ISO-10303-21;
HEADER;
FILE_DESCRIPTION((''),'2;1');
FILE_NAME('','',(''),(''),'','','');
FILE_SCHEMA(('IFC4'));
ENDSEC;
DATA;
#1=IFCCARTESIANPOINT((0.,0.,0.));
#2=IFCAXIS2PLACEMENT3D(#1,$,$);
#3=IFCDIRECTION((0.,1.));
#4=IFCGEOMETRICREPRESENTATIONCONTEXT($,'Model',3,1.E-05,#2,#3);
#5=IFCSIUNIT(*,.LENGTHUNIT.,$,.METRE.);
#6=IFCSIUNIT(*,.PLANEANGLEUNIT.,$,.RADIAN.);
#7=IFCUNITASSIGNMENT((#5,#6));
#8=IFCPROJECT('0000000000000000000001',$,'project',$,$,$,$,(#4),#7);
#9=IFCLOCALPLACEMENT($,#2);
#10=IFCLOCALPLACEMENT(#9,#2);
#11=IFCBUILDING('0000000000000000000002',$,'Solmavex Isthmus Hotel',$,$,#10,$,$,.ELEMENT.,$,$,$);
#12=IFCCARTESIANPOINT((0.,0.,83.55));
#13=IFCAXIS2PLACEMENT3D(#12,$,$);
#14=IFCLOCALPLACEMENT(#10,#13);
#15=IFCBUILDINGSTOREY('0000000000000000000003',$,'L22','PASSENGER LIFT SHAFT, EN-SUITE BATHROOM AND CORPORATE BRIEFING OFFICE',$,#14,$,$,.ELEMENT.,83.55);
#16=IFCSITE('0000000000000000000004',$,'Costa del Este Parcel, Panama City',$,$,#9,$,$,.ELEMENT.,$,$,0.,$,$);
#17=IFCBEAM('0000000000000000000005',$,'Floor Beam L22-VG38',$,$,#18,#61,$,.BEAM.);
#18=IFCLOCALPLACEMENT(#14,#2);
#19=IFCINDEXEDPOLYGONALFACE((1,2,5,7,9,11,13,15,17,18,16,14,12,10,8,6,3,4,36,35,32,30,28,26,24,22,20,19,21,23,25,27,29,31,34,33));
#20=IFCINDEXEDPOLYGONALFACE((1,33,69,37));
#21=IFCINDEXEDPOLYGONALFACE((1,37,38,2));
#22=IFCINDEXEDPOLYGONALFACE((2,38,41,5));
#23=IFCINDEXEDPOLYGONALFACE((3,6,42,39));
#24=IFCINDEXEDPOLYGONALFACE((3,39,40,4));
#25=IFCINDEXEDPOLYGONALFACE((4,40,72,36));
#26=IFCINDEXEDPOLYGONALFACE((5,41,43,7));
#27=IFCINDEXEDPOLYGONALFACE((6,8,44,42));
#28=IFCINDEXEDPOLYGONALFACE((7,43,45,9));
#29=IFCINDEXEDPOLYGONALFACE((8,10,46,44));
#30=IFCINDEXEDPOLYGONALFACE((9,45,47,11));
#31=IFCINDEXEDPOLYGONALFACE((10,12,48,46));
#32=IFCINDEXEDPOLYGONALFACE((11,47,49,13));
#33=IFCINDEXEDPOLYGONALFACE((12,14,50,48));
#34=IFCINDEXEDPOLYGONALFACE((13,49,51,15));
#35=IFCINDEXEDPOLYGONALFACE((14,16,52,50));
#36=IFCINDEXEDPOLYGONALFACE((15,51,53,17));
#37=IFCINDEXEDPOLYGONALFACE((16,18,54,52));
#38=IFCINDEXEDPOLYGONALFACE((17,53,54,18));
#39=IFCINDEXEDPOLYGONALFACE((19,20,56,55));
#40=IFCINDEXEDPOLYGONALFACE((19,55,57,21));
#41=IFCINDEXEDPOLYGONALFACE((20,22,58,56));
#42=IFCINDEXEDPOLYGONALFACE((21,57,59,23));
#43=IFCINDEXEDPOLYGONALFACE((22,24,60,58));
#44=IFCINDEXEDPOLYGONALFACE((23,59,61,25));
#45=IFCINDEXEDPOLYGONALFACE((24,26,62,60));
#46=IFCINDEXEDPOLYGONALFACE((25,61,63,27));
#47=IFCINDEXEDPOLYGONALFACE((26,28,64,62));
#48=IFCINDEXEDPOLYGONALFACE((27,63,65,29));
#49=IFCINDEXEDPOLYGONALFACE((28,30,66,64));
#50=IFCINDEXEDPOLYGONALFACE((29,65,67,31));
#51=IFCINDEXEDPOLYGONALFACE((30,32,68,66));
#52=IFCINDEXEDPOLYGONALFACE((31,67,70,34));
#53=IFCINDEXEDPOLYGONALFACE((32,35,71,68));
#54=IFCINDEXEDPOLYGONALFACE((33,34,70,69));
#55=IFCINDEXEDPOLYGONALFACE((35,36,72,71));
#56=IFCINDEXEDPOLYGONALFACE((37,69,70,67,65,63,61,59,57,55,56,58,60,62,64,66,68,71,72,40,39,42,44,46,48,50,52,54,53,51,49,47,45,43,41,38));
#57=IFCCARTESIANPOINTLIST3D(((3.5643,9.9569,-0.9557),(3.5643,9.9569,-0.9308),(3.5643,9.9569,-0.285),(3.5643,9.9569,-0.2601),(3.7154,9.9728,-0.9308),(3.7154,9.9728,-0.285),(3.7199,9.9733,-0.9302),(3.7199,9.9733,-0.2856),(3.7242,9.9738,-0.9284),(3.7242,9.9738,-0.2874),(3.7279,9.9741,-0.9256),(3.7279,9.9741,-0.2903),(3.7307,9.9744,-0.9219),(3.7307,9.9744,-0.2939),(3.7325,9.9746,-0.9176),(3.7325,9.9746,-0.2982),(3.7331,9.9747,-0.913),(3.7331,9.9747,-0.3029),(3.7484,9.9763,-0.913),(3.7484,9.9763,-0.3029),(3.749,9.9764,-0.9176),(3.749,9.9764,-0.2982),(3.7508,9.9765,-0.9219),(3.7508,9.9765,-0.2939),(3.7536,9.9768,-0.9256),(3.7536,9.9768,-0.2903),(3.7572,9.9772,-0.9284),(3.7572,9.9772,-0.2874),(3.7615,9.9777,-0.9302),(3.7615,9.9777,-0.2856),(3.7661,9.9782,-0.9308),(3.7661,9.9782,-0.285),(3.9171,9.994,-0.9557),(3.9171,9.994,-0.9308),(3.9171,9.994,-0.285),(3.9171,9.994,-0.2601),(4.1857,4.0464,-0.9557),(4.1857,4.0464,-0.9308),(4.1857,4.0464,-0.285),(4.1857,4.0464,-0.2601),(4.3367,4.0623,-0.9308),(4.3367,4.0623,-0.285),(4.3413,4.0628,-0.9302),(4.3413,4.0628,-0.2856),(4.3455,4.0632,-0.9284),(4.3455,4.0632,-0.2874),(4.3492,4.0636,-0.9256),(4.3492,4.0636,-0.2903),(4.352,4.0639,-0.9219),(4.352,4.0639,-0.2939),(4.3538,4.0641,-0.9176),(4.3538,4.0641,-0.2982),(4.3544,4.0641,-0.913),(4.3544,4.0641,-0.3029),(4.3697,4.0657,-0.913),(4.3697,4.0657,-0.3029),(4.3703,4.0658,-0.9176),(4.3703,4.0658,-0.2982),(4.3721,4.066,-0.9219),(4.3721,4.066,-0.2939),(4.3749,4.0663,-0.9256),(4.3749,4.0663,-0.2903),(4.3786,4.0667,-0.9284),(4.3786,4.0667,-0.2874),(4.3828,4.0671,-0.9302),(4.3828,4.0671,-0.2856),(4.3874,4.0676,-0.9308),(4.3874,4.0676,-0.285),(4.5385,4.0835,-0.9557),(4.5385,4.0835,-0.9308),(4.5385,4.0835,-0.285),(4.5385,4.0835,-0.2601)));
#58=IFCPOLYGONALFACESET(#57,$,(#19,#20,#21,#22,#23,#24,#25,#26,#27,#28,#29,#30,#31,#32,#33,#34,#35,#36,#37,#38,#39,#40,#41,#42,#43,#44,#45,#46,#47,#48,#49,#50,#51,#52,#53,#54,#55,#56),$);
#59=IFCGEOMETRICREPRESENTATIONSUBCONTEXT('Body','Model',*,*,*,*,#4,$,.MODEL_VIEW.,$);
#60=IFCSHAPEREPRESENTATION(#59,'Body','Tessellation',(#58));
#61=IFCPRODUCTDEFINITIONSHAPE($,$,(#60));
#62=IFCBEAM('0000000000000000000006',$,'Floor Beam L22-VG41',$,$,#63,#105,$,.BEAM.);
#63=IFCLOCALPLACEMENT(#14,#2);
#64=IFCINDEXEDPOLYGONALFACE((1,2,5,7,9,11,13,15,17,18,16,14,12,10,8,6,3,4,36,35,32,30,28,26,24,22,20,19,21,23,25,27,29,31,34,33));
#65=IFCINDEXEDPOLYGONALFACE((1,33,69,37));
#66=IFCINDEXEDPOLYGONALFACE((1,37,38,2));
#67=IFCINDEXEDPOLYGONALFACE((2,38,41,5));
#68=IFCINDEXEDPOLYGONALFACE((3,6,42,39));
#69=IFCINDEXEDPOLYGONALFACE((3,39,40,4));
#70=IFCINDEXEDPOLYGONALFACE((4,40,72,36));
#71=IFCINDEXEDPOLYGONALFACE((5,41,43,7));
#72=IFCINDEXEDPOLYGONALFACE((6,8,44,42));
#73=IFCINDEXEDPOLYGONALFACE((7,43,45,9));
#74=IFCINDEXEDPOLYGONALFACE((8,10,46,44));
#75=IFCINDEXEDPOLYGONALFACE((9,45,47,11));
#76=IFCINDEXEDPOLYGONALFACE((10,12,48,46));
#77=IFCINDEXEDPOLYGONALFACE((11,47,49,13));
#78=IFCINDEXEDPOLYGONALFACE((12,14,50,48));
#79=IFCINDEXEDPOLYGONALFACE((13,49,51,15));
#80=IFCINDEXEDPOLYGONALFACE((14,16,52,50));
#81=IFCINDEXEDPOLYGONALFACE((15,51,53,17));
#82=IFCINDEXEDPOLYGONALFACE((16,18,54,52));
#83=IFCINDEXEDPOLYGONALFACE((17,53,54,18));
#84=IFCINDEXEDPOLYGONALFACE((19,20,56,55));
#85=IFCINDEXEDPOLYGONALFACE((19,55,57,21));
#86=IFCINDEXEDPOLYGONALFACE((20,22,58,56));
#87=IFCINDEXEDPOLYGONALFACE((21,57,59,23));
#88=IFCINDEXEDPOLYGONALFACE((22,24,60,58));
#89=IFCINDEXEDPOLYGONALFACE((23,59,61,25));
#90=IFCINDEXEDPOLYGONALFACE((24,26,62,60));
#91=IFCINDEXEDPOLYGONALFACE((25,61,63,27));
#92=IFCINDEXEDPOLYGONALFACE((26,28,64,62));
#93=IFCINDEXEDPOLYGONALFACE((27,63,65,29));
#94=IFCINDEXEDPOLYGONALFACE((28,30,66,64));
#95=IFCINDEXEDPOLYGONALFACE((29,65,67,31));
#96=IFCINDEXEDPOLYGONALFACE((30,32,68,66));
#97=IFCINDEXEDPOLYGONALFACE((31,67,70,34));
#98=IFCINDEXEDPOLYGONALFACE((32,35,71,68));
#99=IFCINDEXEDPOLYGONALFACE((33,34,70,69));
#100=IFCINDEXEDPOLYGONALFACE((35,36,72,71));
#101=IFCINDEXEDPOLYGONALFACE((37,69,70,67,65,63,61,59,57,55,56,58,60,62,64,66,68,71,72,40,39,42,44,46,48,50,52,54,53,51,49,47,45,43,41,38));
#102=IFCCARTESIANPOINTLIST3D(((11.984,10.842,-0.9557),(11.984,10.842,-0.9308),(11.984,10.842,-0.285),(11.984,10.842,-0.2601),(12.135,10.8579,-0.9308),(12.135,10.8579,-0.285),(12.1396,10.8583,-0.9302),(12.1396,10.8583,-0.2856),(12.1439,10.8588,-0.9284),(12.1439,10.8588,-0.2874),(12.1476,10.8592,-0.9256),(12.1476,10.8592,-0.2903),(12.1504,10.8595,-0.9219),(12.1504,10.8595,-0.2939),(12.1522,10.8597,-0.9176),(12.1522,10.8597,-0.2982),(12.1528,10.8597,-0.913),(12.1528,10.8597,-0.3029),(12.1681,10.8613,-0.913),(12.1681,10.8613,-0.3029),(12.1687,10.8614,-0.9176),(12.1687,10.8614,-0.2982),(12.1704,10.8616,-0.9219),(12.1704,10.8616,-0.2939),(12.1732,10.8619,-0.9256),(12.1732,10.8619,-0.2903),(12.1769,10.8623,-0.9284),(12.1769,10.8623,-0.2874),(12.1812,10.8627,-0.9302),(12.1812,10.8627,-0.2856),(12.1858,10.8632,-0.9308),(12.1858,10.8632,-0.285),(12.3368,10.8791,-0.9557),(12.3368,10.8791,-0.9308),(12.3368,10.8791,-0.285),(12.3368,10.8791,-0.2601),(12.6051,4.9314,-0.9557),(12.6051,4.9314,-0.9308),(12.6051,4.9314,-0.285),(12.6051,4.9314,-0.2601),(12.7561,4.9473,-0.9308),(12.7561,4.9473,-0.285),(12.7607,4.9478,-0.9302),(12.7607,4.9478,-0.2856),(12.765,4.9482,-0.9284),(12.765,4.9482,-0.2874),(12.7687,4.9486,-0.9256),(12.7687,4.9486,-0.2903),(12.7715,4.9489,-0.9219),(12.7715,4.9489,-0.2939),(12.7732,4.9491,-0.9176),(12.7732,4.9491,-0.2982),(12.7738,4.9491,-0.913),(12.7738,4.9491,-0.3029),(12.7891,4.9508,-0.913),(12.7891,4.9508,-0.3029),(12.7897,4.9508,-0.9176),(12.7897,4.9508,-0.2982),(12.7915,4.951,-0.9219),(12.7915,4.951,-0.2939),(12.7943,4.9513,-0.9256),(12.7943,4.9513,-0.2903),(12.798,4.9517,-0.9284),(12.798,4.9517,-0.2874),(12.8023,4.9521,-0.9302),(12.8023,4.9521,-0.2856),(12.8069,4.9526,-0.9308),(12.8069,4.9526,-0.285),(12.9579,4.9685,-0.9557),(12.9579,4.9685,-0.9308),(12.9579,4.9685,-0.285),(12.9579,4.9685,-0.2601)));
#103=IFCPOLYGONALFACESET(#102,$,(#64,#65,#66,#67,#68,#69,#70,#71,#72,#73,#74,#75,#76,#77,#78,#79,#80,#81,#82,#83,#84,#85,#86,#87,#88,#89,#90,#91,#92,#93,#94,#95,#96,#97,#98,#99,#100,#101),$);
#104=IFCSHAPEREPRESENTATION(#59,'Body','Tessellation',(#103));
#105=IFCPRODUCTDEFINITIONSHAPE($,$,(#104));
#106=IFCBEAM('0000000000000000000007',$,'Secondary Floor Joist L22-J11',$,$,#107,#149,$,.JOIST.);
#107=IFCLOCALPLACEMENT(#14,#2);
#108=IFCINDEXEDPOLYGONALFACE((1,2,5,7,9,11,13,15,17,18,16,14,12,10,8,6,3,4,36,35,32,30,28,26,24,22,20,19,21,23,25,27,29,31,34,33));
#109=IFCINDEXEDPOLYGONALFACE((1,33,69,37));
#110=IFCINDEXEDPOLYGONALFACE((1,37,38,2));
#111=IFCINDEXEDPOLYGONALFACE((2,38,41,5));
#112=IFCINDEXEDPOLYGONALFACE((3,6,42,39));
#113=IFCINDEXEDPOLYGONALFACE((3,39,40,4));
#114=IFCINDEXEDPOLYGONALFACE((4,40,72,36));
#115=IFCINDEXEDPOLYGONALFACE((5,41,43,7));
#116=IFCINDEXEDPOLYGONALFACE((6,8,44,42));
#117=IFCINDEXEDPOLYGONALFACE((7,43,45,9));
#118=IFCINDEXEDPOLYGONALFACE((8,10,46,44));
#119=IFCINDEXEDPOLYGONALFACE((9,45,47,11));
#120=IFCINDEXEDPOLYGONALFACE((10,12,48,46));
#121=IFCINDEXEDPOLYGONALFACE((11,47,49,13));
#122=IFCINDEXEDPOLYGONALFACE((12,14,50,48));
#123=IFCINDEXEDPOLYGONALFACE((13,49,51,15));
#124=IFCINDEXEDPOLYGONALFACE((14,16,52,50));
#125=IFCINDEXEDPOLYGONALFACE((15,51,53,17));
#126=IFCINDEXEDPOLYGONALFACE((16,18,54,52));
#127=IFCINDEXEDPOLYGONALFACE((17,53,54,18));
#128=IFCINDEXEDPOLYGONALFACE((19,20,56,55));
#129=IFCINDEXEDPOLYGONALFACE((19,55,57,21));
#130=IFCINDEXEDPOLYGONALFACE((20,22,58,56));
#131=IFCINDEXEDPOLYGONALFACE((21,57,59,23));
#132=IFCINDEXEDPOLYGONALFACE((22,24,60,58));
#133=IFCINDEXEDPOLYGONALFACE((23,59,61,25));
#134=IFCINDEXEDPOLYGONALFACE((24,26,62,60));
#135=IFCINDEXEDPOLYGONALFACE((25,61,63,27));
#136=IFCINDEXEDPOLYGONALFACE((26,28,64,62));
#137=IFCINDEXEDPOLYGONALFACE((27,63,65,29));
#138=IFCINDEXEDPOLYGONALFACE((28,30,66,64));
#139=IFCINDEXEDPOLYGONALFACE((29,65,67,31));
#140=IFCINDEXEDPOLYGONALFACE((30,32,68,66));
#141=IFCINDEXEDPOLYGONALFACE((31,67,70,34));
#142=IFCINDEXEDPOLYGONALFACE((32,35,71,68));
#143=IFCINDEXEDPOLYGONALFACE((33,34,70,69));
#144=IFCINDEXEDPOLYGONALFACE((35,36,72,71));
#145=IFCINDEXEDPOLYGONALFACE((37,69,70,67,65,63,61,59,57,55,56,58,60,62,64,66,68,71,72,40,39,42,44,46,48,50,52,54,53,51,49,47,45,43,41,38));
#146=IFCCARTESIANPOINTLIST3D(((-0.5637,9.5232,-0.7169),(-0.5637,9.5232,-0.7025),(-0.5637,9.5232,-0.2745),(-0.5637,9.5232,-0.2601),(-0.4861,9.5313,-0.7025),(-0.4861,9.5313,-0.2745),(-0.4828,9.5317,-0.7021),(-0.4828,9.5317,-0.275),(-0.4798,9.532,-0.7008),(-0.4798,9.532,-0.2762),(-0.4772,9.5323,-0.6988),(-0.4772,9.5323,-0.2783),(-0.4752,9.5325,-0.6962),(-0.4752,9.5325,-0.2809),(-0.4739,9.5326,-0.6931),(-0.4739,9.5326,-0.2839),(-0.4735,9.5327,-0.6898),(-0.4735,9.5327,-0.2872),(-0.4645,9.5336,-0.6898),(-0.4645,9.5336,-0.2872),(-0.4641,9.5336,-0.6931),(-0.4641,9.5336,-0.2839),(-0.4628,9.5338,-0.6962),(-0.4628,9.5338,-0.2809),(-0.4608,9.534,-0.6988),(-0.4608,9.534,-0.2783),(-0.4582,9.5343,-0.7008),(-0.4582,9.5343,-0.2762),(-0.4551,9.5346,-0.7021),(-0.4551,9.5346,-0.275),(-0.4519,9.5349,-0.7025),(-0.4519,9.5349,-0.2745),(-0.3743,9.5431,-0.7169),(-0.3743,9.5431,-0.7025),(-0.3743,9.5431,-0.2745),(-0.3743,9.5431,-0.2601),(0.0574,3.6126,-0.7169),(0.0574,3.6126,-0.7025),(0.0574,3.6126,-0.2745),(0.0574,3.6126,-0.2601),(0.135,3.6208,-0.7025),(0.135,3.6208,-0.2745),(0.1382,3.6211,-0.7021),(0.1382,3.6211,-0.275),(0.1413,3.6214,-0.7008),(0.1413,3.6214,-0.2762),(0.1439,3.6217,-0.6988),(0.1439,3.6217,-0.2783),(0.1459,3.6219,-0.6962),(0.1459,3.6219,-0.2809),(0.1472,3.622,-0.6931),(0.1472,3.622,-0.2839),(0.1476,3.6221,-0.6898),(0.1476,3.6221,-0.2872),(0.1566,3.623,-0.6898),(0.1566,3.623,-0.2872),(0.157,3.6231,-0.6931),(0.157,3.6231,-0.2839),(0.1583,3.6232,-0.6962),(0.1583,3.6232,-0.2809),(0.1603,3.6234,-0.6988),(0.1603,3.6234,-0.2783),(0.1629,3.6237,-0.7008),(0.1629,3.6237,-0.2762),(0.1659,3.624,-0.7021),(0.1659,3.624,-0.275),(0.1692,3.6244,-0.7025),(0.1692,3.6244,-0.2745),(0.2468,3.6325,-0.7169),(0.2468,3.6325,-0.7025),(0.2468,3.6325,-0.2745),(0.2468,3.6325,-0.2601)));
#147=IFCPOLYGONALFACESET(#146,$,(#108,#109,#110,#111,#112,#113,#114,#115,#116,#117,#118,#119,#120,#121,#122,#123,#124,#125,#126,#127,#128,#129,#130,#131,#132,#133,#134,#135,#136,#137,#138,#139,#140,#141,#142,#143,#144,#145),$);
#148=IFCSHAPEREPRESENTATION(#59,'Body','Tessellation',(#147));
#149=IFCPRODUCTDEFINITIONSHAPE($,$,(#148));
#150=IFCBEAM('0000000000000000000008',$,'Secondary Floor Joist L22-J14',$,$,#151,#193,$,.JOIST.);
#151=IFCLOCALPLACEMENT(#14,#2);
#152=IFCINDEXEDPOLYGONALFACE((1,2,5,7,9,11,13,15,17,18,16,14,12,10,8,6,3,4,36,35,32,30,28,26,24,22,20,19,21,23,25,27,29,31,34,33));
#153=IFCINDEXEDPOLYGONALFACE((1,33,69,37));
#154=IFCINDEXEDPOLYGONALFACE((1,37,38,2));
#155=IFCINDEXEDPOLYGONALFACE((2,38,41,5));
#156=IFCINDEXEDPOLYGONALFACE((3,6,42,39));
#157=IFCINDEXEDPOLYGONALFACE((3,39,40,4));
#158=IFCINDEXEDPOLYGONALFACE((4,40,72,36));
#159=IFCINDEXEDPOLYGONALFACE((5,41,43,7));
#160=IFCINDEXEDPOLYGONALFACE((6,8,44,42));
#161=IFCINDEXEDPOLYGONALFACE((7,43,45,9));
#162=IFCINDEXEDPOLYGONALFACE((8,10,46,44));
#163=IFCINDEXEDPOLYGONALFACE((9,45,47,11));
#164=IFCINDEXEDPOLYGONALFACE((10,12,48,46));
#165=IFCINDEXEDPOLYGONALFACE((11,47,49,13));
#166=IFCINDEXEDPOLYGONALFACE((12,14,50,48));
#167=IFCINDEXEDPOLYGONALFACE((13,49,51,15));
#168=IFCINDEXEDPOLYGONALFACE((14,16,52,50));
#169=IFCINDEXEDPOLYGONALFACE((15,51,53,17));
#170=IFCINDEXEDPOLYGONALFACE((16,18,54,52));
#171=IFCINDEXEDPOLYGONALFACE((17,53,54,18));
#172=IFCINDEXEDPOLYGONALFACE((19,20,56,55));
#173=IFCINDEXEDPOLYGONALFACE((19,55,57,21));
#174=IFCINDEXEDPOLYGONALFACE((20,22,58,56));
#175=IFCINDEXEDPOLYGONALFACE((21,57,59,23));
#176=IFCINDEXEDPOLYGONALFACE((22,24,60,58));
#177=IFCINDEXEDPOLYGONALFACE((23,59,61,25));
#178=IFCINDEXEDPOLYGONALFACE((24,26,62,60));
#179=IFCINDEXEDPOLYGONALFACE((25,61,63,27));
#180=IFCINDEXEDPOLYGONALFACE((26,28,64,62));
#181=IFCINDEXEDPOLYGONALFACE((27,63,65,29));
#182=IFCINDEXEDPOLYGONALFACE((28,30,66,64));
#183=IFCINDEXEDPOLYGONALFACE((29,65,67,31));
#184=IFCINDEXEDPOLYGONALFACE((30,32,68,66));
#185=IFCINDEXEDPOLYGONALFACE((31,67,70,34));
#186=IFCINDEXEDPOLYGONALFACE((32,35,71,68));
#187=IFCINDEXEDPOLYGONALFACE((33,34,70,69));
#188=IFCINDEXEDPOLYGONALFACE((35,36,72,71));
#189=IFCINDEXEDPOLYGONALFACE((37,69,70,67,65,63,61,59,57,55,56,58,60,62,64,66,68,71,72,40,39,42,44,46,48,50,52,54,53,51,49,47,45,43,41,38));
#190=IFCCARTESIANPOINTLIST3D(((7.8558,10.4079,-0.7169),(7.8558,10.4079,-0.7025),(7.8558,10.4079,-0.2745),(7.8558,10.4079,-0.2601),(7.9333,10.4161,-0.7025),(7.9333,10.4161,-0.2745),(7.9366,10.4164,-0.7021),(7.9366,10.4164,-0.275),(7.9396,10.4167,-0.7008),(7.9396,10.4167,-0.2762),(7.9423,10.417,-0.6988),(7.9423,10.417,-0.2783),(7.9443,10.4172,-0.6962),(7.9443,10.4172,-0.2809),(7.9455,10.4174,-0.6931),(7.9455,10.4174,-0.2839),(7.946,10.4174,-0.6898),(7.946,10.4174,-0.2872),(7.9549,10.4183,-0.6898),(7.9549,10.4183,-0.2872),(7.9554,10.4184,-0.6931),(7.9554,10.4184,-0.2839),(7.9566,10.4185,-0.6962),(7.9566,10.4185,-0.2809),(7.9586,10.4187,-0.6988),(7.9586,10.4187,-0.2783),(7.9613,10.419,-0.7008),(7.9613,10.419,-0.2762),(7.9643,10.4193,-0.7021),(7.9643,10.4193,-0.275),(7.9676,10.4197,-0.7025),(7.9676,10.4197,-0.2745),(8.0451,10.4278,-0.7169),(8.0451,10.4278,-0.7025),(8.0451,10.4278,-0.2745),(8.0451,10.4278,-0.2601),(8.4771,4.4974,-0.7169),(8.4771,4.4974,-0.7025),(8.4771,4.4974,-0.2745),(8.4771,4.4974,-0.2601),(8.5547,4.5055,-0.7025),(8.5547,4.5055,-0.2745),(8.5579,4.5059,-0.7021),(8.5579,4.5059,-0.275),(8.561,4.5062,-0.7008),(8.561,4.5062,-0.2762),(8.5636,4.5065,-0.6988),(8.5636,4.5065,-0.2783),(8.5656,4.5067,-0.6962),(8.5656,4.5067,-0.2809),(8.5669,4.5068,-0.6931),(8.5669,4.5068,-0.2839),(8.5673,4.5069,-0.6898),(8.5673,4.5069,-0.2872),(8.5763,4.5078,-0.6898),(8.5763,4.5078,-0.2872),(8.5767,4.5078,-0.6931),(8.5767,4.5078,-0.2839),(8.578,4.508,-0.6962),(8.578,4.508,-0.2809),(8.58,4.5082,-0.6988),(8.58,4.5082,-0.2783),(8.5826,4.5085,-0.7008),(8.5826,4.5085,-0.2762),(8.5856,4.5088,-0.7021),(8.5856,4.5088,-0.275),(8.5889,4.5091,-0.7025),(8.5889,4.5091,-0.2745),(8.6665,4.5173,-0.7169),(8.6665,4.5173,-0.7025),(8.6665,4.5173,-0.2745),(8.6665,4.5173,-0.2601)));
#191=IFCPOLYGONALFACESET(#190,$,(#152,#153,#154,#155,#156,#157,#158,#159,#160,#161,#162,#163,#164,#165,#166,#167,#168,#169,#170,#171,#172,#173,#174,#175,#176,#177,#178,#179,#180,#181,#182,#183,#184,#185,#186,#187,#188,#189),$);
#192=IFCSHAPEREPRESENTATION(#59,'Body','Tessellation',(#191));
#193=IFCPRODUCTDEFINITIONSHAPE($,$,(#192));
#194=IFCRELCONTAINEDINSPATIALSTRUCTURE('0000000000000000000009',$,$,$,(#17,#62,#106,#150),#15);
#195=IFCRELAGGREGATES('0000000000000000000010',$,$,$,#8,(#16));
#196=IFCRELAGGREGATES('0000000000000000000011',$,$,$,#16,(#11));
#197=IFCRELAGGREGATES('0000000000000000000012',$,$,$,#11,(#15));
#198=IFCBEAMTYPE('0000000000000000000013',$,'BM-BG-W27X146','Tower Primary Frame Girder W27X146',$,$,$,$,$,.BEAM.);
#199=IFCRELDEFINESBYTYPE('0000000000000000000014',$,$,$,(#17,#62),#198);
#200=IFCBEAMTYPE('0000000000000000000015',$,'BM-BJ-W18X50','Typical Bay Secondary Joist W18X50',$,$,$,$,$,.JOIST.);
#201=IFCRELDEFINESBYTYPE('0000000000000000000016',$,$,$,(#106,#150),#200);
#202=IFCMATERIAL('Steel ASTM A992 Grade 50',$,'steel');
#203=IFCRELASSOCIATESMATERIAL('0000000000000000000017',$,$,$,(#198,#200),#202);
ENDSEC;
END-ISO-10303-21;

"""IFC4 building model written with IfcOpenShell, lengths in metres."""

from ifc_helpers import new_model, si_unit, direction, frame, origin, origin_2d, place, context, subcontext, project, spatial, i_section, extrude, material, material_profile, profile_set, type_object, element, save


model = new_model("IFC4")

# Units and contexts
model_context = context("Model", 3, precision=1e-05, world=origin(), true_north=direction((0.0, 1.0)))
body_context = subcontext(model_context, "Body", "Model", "MODEL_VIEW")
ifc_project = project(units=[si_unit("LENGTHUNIT", "METRE"), si_unit("PLANEANGLEUNIT", "RADIAN")], contexts=[model_context])

# Site, building, storey
site_placement = place(None, origin())
site = spatial("IfcSite", under=ifc_project, at=site_placement, Name="Costa del Este Parcel, Panama City", CompositionType="ELEMENT", RefElevation=0.0)
building_placement = place(site_placement, origin())
building = spatial("IfcBuilding", under=site, at=building_placement, Name="Solmavex Isthmus Hotel", CompositionType="ELEMENT")
storey_placement = place(building_placement, frame((0.0, 0.0, 83.55)))
storey = spatial("IfcBuildingStorey", under=building, at=storey_placement, Name="L22", Description="PASSENGER LIFT SHAFT, EN-SUITE BATHROOM AND CORPORATE BRIEFING OFFICE", CompositionType="ELEMENT", Elevation=83.55)

# Beams
ifc_material_1 = material(Name="Steel ASTM A992 Grade 50", Category="steel")
ifc_material_profile_1 = material_profile(ifc_material_1, i_section(OverallWidth=0.3547, OverallDepth=0.6956, WebThickness=0.0154, FlangeThickness=0.0249, FilletRadius=0.0178, at=origin_2d()), Name="W27X146")
ifc_profile_set_1 = profile_set([ifc_material_profile_1], Name="Steel ASTM A992 Grade 50")
beam_type_1 = type_object("IfcBeamType", Name="BM-BG-W27X146", Description="Tower Primary Frame Girder W27X146", PredefinedType="BEAM", material=ifc_profile_set_1)
for number, where, z_axis, x_axis, name in (
    (1, (4.3621, 4.0649, -0.6079), (-0.104546, 0.99452, 0.0), (-0.99452, -0.104546, 0.0), "Floor Beam L22-VG38"),
    (2, (12.7815, 4.95, -0.6079), (-0.104505, 0.994524, 0.0), (-0.994524, -0.104505, 0.0), "Floor Beam L22-VG41"),
):
    element("IfcBeam", number, at=place(storey_placement, frame(where, z_axis=z_axis, x_axis=x_axis)), inside=storey, type_object=beam_type_1, Name=name, PredefinedType="BEAM", context=body_context, shape_type="SweptSolid", body=[
        extrude(i_section(OverallWidth=0.3547, OverallDepth=0.6956, WebThickness=0.0154, FlangeThickness=0.0249, FilletRadius=0.0178, at=origin_2d()), origin(), (0.0, 0.0, 1.0), 5.9431),
    ])
ifc_material_profile_2 = material_profile(ifc_material_1, i_section(OverallWidth=0.1904, OverallDepth=0.4568, WebThickness=0.009, FlangeThickness=0.0144, FilletRadius=0.0127, at=origin_2d()), Name="W18X50")
ifc_profile_set_2 = profile_set([ifc_material_profile_2], Name="Steel ASTM A992 Grade 50")
beam_type_2 = type_object("IfcBeamType", Name="BM-BJ-W18X50", Description="Typical Bay Secondary Joist W18X50", PredefinedType="JOIST", material=ifc_profile_set_2)
for number, where, z_axis, x_axis, name in (
    (3, (0.1521, 3.6226, -0.4885), (-0.104505, 0.994524, 0.0), (-0.994524, -0.104505, 0.0), "Secondary Floor Joist L22-J11"),
    (4, (8.5718, 4.5073, -0.4885), (-0.104546, 0.99452, 0.0), (-0.99452, -0.104546, 0.0), "Secondary Floor Joist L22-J14"),
):
    element("IfcBeam", number, at=place(storey_placement, frame(where, z_axis=z_axis, x_axis=x_axis)), inside=storey, type_object=beam_type_2, Name=name, PredefinedType="JOIST", context=body_context, shape_type="SweptSolid", body=[
        extrude(i_section(OverallWidth=0.1904, OverallDepth=0.4568, WebThickness=0.009, FlangeThickness=0.0144, FilletRadius=0.0127, at=origin_2d()), origin(), (0.0, 0.0, 1.0), 5.9431),
    ])

save(model, "model.ifc")
